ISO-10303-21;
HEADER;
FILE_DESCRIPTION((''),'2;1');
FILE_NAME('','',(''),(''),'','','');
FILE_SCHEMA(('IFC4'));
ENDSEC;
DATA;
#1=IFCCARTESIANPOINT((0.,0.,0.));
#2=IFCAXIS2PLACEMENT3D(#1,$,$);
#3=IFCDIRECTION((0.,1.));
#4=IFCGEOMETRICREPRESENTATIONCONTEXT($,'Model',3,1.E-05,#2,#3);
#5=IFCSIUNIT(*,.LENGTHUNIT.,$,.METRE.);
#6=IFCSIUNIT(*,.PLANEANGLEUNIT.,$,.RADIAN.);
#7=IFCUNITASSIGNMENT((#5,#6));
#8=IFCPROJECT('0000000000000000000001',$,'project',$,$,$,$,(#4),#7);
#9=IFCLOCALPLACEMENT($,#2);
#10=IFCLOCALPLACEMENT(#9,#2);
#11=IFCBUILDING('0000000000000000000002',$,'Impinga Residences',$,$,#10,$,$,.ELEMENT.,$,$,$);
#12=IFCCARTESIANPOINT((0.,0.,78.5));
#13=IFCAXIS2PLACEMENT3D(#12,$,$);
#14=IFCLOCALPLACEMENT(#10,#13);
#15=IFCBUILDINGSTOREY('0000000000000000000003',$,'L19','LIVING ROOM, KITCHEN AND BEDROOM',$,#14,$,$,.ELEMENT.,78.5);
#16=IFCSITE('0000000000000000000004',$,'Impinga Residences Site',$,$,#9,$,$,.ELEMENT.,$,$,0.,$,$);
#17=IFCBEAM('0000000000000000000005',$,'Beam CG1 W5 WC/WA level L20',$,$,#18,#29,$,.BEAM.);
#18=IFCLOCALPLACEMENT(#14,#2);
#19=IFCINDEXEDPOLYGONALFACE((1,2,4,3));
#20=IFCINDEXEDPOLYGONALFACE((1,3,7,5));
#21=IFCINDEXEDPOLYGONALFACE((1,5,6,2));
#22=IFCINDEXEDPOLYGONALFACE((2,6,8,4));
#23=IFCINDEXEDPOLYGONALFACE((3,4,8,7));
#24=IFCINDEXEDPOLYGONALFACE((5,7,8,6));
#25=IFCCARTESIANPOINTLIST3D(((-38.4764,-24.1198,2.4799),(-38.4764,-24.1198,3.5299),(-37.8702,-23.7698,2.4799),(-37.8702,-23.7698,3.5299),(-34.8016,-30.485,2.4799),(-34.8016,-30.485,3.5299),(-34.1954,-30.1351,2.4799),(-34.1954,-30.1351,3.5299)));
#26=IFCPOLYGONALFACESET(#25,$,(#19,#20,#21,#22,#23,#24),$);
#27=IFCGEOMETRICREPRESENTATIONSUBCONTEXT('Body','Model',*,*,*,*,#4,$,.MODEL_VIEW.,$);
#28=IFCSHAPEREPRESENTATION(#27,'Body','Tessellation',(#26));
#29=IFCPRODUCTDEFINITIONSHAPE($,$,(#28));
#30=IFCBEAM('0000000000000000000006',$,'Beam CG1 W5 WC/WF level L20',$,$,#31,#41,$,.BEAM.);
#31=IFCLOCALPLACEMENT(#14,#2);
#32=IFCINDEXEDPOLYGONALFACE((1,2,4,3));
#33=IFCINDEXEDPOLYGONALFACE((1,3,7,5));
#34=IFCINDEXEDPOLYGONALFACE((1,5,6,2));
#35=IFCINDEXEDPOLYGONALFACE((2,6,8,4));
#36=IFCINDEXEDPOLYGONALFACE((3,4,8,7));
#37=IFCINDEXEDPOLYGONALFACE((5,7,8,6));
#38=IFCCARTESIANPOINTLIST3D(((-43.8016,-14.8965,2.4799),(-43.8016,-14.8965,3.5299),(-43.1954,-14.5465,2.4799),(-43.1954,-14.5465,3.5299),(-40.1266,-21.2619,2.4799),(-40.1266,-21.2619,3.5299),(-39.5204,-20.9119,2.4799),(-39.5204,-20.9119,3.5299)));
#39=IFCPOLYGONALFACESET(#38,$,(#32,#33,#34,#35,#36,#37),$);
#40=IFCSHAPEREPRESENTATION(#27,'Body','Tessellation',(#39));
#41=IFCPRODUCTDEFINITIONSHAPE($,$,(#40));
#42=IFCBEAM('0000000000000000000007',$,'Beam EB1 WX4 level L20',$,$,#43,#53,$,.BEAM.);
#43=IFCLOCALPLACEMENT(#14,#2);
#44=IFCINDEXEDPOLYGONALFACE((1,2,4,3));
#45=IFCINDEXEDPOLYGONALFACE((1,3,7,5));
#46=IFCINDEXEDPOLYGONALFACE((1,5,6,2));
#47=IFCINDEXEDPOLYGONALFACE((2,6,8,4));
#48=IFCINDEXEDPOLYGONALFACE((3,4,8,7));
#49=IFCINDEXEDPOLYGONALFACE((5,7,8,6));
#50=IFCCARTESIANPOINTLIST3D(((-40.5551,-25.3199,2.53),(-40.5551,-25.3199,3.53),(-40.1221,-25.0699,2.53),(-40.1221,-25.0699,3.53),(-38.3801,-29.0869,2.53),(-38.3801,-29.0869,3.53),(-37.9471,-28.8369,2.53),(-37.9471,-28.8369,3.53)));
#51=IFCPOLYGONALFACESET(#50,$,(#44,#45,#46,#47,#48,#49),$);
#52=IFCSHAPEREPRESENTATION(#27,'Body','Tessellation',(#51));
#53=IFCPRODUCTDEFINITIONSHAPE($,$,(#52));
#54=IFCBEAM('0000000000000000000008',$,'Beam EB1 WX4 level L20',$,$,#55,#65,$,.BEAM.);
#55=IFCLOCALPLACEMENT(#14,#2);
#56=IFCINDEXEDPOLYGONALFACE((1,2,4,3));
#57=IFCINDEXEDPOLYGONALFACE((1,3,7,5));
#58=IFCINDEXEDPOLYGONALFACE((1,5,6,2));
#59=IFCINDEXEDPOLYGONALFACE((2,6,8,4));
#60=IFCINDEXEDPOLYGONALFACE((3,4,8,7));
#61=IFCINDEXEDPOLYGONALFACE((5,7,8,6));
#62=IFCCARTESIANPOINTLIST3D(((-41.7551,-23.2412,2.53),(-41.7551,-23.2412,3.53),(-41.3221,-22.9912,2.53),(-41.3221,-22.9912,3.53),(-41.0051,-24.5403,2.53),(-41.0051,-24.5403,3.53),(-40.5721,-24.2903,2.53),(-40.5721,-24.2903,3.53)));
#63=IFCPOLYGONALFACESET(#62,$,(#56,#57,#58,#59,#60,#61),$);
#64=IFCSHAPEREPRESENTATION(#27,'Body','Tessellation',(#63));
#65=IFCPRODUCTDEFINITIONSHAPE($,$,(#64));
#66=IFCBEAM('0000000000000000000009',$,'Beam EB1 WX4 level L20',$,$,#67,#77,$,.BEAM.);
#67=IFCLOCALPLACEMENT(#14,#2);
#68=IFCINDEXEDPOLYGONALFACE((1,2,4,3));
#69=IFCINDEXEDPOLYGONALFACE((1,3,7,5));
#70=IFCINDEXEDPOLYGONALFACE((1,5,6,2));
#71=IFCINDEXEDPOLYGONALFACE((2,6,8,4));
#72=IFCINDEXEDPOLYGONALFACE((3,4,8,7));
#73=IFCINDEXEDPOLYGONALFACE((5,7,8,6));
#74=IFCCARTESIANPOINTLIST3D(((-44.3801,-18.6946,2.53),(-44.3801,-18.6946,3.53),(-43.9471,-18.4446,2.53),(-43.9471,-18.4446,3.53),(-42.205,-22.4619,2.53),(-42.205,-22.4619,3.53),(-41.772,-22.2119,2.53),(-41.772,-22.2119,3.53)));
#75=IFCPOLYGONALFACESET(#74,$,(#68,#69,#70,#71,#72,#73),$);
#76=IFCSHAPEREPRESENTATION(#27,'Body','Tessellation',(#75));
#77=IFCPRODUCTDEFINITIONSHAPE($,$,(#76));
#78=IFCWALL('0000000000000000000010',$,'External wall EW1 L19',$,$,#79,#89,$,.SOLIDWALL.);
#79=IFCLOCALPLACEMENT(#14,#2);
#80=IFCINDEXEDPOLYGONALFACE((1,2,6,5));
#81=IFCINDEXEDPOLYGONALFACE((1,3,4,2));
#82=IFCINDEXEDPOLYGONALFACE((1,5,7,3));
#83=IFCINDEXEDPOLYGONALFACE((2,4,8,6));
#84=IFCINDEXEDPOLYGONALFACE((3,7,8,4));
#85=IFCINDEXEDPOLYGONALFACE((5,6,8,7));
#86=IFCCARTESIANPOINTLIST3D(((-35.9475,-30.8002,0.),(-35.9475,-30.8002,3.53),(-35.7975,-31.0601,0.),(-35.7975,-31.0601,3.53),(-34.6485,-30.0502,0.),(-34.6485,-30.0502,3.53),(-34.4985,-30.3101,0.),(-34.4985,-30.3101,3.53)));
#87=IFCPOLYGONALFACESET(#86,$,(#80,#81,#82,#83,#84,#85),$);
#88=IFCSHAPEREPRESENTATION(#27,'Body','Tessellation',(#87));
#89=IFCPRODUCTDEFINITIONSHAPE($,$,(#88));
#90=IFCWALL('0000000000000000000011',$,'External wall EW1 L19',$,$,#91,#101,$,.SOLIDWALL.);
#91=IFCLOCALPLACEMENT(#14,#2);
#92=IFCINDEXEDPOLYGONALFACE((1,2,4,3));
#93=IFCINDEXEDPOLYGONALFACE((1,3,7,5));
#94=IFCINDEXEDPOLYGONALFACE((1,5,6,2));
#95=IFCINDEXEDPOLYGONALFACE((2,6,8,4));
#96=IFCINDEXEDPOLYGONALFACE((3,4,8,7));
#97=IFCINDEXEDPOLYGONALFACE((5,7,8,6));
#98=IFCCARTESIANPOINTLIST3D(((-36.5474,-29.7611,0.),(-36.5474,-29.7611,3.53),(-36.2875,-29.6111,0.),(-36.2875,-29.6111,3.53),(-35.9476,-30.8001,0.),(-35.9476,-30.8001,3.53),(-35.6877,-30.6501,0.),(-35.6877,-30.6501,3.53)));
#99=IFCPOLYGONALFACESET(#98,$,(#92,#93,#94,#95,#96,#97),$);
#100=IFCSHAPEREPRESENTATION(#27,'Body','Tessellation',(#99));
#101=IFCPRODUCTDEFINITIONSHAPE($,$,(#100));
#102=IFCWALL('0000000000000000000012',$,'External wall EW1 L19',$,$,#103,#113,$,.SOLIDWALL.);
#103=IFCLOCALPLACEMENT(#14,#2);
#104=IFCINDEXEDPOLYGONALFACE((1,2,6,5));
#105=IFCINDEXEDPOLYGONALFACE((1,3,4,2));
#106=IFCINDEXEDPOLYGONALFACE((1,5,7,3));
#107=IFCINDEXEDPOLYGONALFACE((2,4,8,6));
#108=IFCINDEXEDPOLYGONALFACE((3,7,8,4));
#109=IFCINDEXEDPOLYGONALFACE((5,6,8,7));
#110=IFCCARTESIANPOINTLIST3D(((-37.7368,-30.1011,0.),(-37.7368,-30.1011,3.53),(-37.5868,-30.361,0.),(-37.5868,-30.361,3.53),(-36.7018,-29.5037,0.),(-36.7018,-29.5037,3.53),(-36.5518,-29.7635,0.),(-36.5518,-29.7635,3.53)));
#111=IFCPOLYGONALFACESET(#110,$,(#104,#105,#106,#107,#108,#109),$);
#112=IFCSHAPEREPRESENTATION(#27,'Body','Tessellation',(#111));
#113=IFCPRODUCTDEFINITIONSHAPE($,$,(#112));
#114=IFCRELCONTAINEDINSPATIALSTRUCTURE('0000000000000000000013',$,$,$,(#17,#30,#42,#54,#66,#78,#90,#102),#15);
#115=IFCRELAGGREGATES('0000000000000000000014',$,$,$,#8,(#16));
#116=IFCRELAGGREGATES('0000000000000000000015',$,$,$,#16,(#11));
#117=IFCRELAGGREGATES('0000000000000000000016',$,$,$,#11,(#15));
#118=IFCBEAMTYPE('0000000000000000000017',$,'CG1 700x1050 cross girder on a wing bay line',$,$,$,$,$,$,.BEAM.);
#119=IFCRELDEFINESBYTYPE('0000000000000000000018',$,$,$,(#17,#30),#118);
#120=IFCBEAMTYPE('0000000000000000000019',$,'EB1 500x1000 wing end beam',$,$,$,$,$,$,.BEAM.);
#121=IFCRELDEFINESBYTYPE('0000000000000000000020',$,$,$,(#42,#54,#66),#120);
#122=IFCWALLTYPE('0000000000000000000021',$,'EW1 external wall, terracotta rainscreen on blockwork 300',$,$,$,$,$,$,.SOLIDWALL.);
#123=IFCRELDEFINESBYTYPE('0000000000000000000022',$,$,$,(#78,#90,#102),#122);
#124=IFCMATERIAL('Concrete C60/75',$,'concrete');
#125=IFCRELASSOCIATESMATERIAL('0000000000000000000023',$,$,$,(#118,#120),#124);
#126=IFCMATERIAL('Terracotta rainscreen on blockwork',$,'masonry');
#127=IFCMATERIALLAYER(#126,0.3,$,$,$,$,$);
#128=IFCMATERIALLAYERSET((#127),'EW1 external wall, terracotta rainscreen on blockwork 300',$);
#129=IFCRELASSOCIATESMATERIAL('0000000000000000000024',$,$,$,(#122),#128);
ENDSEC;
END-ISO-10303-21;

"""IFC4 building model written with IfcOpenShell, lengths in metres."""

from ifc_helpers import new_model, si_unit, direction, frame, frame_2d, origin, origin_2d, place, context, subcontext, project, spatial, rectangle, extrude, material, layer, layer_set, material_profile, profile_set, type_object, element, save


model = new_model("IFC4")

# Units and contexts
model_context = context("Model", 3, precision=1e-05, world=origin(), true_north=direction((0.0, 1.0)))
body_context = subcontext(model_context, "Body", "Model", "MODEL_VIEW")
ifc_project = project(units=[si_unit("LENGTHUNIT", "METRE"), si_unit("PLANEANGLEUNIT", "RADIAN")], contexts=[model_context])

# Site, building, storey
site_placement = place(None, origin())
site = spatial("IfcSite", under=ifc_project, at=site_placement, Name="Impinga Residences Site", CompositionType="ELEMENT", RefElevation=0.0)
building_placement = place(site_placement, origin())
building = spatial("IfcBuilding", under=site, at=building_placement, Name="Impinga Residences", CompositionType="ELEMENT")
storey_placement = place(building_placement, frame((0.0, 0.0, 78.5)))
storey = spatial("IfcBuildingStorey", under=building, at=storey_placement, Name="L19", Description="LIVING ROOM, KITCHEN AND BEDROOM", CompositionType="ELEMENT", Elevation=78.5)

# Beams
ifc_material_1 = material(Name="Concrete C60/75", Category="concrete")
ifc_material_profile_1 = material_profile(ifc_material_1, rectangle(XDim=0.7, YDim=1.05, at=origin_2d()), Name="RC 700x1050")
ifc_profile_set_1 = profile_set([ifc_material_profile_1], Name="Concrete C60/75")
beam_type_1 = type_object("IfcBeamType", Name="CG1 700x1050 cross girder on a wing bay line", PredefinedType="BEAM", material=ifc_profile_set_1)
beam_1_placement = place(storey_placement, frame((-38.1733, -23.9448, 3.0049), z_axis=(0.499983, -0.866035, 0.0), x_axis=(0.866035, 0.499983, 0.0)))
element("IfcBeam", 1, at=beam_1_placement, inside=storey, type_object=beam_type_1, Name="Beam CG1 W5 WC/WA level L20", PredefinedType="BEAM", context=body_context, shape_type="SweptSolid", body=[
    extrude(rectangle(XDim=0.7, YDim=1.05, at=origin_2d()), origin(), (0.0, 0.0, 1.0), 7.3499),
])
beam_2_placement = place(storey_placement, frame((-39.8235, -21.0869, 3.0049), z_axis=(-0.499994, 0.866029, 0.0), x_axis=(-0.866029, -0.499994, 0.0)))
element("IfcBeam", 2, at=beam_2_placement, inside=storey, type_object=beam_type_1, Name="Beam CG1 W5 WC/WF level L20", PredefinedType="BEAM", context=body_context, shape_type="SweptSolid", body=[
    extrude(rectangle(XDim=0.7, YDim=1.05, at=origin_2d()), origin(), (0.0, 0.0, 1.0), 7.3501),
])
ifc_material_profile_2 = material_profile(ifc_material_1, rectangle(XDim=0.5, YDim=1.0, at=origin_2d()), Name="RC 500x1000")
ifc_profile_set_2 = profile_set([ifc_material_profile_2], Name="Concrete C60/75")
beam_type_2 = type_object("IfcBeamType", Name="EB1 500x1000 wing end beam", PredefinedType="BEAM", material=ifc_profile_set_2)
beam_3_placement = place(storey_placement, frame((-38.1636, -28.9619, 3.03), z_axis=(-0.50002, 0.866014, 0.0), x_axis=(-0.866014, -0.50002, 0.0)))
element("IfcBeam", 3, at=beam_3_placement, inside=storey, type_object=beam_type_2, Name="Beam EB1 WX4 level L20", PredefinedType="BEAM", context=body_context, shape_type="SweptSolid", body=[
    extrude(rectangle(XDim=0.5, YDim=1.0, at=origin_2d()), origin(), (0.0, 0.0, 1.0), 4.3499),
])
beam_4_placement = place(storey_placement, frame((-40.7886, -24.4153, 3.03), z_axis=(-0.49999, 0.866031, 0.0), x_axis=(-0.866031, -0.49999, 0.0)))
element("IfcBeam", 4, at=beam_4_placement, inside=storey, type_object=beam_type_2, Name="Beam EB1 WX4 level L20", PredefinedType="BEAM", context=body_context, shape_type="SweptSolid", body=[
    extrude(rectangle(XDim=0.5, YDim=1.0, at=origin_2d()), origin(), (0.0, 0.0, 1.0), 1.5),
])
beam_5_placement = place(storey_placement, frame((-41.9885, -22.3369, 3.03), z_axis=(-0.499996, 0.866028, 0.0), x_axis=(-0.866028, -0.499996, 0.0)))
element("IfcBeam", 5, at=beam_5_placement, inside=storey, type_object=beam_type_2, Name="Beam EB1 WX4 level L20", PredefinedType="BEAM", context=body_context, shape_type="SweptSolid", body=[
    extrude(rectangle(XDim=0.5, YDim=1.0, at=origin_2d()), origin(), (0.0, 0.0, 1.0), 4.3501),
])

# Walls
ifc_material_2 = material(Name="Terracotta rainscreen on blockwork", Category="masonry")
ifc_layer_1 = layer(ifc_material_2, 0.3)
ifc_layer_set_1 = layer_set([ifc_layer_1], Name="EW1 external wall, terracotta rainscreen on blockwork 300")
wall_type_1 = type_object("IfcWallType", Name="EW1 external wall, terracotta rainscreen on blockwork 300", PredefinedType="SOLIDWALL", material=ifc_layer_set_1)
wall_1_placement = place(storey_placement, frame((-34.5735, -30.1802, 0.0), z_axis=(0.0, 0.0, 1.0), x_axis=(-0.866031, -0.49999, 0.0)))
element("IfcWall", 6, at=wall_1_placement, inside=storey, type_object=wall_type_1, Name="External wall EW1 L19", PredefinedType="SOLIDWALL", context=body_context, shape_type="SweptSolid", body=[
    extrude(rectangle(XDim=1.5, YDim=0.3, at=frame_2d((0.75, 0.0))), origin(), (0.0, 0.0, 1.0), 3.53),
])
wall_2_placement = place(storey_placement, frame((-35.8176, -30.7251, 0.0), z_axis=(0.0, 0.0, 1.0), x_axis=(-0.499969, 0.866043, 0.0)))
element("IfcWall", 7, at=wall_2_placement, inside=storey, type_object=wall_type_1, Name="External wall EW1 L19", PredefinedType="SOLIDWALL", context=body_context, shape_type="SweptSolid", body=[
    extrude(rectangle(XDim=1.1997, YDim=0.3, at=frame_2d((0.5999, 0.0))), origin(), (0.0, 0.0, 1.0), 3.53),
])
wall_3_placement = place(storey_placement, frame((-36.6267, -29.6335, 0.0), z_axis=(0.0, 0.0, 1.0), x_axis=(-0.86606, -0.499941, 0.0)))
element("IfcWall", 8, at=wall_3_placement, inside=storey, type_object=wall_type_1, Name="External wall EW1 L19", PredefinedType="SOLIDWALL", context=body_context, shape_type="SweptSolid", body=[
    extrude(rectangle(XDim=1.1951, YDim=0.3, at=frame_2d((0.5977, 0.0))), origin(), (0.0, 0.0, 1.0), 3.53),
])

save(model, "model.ifc")
